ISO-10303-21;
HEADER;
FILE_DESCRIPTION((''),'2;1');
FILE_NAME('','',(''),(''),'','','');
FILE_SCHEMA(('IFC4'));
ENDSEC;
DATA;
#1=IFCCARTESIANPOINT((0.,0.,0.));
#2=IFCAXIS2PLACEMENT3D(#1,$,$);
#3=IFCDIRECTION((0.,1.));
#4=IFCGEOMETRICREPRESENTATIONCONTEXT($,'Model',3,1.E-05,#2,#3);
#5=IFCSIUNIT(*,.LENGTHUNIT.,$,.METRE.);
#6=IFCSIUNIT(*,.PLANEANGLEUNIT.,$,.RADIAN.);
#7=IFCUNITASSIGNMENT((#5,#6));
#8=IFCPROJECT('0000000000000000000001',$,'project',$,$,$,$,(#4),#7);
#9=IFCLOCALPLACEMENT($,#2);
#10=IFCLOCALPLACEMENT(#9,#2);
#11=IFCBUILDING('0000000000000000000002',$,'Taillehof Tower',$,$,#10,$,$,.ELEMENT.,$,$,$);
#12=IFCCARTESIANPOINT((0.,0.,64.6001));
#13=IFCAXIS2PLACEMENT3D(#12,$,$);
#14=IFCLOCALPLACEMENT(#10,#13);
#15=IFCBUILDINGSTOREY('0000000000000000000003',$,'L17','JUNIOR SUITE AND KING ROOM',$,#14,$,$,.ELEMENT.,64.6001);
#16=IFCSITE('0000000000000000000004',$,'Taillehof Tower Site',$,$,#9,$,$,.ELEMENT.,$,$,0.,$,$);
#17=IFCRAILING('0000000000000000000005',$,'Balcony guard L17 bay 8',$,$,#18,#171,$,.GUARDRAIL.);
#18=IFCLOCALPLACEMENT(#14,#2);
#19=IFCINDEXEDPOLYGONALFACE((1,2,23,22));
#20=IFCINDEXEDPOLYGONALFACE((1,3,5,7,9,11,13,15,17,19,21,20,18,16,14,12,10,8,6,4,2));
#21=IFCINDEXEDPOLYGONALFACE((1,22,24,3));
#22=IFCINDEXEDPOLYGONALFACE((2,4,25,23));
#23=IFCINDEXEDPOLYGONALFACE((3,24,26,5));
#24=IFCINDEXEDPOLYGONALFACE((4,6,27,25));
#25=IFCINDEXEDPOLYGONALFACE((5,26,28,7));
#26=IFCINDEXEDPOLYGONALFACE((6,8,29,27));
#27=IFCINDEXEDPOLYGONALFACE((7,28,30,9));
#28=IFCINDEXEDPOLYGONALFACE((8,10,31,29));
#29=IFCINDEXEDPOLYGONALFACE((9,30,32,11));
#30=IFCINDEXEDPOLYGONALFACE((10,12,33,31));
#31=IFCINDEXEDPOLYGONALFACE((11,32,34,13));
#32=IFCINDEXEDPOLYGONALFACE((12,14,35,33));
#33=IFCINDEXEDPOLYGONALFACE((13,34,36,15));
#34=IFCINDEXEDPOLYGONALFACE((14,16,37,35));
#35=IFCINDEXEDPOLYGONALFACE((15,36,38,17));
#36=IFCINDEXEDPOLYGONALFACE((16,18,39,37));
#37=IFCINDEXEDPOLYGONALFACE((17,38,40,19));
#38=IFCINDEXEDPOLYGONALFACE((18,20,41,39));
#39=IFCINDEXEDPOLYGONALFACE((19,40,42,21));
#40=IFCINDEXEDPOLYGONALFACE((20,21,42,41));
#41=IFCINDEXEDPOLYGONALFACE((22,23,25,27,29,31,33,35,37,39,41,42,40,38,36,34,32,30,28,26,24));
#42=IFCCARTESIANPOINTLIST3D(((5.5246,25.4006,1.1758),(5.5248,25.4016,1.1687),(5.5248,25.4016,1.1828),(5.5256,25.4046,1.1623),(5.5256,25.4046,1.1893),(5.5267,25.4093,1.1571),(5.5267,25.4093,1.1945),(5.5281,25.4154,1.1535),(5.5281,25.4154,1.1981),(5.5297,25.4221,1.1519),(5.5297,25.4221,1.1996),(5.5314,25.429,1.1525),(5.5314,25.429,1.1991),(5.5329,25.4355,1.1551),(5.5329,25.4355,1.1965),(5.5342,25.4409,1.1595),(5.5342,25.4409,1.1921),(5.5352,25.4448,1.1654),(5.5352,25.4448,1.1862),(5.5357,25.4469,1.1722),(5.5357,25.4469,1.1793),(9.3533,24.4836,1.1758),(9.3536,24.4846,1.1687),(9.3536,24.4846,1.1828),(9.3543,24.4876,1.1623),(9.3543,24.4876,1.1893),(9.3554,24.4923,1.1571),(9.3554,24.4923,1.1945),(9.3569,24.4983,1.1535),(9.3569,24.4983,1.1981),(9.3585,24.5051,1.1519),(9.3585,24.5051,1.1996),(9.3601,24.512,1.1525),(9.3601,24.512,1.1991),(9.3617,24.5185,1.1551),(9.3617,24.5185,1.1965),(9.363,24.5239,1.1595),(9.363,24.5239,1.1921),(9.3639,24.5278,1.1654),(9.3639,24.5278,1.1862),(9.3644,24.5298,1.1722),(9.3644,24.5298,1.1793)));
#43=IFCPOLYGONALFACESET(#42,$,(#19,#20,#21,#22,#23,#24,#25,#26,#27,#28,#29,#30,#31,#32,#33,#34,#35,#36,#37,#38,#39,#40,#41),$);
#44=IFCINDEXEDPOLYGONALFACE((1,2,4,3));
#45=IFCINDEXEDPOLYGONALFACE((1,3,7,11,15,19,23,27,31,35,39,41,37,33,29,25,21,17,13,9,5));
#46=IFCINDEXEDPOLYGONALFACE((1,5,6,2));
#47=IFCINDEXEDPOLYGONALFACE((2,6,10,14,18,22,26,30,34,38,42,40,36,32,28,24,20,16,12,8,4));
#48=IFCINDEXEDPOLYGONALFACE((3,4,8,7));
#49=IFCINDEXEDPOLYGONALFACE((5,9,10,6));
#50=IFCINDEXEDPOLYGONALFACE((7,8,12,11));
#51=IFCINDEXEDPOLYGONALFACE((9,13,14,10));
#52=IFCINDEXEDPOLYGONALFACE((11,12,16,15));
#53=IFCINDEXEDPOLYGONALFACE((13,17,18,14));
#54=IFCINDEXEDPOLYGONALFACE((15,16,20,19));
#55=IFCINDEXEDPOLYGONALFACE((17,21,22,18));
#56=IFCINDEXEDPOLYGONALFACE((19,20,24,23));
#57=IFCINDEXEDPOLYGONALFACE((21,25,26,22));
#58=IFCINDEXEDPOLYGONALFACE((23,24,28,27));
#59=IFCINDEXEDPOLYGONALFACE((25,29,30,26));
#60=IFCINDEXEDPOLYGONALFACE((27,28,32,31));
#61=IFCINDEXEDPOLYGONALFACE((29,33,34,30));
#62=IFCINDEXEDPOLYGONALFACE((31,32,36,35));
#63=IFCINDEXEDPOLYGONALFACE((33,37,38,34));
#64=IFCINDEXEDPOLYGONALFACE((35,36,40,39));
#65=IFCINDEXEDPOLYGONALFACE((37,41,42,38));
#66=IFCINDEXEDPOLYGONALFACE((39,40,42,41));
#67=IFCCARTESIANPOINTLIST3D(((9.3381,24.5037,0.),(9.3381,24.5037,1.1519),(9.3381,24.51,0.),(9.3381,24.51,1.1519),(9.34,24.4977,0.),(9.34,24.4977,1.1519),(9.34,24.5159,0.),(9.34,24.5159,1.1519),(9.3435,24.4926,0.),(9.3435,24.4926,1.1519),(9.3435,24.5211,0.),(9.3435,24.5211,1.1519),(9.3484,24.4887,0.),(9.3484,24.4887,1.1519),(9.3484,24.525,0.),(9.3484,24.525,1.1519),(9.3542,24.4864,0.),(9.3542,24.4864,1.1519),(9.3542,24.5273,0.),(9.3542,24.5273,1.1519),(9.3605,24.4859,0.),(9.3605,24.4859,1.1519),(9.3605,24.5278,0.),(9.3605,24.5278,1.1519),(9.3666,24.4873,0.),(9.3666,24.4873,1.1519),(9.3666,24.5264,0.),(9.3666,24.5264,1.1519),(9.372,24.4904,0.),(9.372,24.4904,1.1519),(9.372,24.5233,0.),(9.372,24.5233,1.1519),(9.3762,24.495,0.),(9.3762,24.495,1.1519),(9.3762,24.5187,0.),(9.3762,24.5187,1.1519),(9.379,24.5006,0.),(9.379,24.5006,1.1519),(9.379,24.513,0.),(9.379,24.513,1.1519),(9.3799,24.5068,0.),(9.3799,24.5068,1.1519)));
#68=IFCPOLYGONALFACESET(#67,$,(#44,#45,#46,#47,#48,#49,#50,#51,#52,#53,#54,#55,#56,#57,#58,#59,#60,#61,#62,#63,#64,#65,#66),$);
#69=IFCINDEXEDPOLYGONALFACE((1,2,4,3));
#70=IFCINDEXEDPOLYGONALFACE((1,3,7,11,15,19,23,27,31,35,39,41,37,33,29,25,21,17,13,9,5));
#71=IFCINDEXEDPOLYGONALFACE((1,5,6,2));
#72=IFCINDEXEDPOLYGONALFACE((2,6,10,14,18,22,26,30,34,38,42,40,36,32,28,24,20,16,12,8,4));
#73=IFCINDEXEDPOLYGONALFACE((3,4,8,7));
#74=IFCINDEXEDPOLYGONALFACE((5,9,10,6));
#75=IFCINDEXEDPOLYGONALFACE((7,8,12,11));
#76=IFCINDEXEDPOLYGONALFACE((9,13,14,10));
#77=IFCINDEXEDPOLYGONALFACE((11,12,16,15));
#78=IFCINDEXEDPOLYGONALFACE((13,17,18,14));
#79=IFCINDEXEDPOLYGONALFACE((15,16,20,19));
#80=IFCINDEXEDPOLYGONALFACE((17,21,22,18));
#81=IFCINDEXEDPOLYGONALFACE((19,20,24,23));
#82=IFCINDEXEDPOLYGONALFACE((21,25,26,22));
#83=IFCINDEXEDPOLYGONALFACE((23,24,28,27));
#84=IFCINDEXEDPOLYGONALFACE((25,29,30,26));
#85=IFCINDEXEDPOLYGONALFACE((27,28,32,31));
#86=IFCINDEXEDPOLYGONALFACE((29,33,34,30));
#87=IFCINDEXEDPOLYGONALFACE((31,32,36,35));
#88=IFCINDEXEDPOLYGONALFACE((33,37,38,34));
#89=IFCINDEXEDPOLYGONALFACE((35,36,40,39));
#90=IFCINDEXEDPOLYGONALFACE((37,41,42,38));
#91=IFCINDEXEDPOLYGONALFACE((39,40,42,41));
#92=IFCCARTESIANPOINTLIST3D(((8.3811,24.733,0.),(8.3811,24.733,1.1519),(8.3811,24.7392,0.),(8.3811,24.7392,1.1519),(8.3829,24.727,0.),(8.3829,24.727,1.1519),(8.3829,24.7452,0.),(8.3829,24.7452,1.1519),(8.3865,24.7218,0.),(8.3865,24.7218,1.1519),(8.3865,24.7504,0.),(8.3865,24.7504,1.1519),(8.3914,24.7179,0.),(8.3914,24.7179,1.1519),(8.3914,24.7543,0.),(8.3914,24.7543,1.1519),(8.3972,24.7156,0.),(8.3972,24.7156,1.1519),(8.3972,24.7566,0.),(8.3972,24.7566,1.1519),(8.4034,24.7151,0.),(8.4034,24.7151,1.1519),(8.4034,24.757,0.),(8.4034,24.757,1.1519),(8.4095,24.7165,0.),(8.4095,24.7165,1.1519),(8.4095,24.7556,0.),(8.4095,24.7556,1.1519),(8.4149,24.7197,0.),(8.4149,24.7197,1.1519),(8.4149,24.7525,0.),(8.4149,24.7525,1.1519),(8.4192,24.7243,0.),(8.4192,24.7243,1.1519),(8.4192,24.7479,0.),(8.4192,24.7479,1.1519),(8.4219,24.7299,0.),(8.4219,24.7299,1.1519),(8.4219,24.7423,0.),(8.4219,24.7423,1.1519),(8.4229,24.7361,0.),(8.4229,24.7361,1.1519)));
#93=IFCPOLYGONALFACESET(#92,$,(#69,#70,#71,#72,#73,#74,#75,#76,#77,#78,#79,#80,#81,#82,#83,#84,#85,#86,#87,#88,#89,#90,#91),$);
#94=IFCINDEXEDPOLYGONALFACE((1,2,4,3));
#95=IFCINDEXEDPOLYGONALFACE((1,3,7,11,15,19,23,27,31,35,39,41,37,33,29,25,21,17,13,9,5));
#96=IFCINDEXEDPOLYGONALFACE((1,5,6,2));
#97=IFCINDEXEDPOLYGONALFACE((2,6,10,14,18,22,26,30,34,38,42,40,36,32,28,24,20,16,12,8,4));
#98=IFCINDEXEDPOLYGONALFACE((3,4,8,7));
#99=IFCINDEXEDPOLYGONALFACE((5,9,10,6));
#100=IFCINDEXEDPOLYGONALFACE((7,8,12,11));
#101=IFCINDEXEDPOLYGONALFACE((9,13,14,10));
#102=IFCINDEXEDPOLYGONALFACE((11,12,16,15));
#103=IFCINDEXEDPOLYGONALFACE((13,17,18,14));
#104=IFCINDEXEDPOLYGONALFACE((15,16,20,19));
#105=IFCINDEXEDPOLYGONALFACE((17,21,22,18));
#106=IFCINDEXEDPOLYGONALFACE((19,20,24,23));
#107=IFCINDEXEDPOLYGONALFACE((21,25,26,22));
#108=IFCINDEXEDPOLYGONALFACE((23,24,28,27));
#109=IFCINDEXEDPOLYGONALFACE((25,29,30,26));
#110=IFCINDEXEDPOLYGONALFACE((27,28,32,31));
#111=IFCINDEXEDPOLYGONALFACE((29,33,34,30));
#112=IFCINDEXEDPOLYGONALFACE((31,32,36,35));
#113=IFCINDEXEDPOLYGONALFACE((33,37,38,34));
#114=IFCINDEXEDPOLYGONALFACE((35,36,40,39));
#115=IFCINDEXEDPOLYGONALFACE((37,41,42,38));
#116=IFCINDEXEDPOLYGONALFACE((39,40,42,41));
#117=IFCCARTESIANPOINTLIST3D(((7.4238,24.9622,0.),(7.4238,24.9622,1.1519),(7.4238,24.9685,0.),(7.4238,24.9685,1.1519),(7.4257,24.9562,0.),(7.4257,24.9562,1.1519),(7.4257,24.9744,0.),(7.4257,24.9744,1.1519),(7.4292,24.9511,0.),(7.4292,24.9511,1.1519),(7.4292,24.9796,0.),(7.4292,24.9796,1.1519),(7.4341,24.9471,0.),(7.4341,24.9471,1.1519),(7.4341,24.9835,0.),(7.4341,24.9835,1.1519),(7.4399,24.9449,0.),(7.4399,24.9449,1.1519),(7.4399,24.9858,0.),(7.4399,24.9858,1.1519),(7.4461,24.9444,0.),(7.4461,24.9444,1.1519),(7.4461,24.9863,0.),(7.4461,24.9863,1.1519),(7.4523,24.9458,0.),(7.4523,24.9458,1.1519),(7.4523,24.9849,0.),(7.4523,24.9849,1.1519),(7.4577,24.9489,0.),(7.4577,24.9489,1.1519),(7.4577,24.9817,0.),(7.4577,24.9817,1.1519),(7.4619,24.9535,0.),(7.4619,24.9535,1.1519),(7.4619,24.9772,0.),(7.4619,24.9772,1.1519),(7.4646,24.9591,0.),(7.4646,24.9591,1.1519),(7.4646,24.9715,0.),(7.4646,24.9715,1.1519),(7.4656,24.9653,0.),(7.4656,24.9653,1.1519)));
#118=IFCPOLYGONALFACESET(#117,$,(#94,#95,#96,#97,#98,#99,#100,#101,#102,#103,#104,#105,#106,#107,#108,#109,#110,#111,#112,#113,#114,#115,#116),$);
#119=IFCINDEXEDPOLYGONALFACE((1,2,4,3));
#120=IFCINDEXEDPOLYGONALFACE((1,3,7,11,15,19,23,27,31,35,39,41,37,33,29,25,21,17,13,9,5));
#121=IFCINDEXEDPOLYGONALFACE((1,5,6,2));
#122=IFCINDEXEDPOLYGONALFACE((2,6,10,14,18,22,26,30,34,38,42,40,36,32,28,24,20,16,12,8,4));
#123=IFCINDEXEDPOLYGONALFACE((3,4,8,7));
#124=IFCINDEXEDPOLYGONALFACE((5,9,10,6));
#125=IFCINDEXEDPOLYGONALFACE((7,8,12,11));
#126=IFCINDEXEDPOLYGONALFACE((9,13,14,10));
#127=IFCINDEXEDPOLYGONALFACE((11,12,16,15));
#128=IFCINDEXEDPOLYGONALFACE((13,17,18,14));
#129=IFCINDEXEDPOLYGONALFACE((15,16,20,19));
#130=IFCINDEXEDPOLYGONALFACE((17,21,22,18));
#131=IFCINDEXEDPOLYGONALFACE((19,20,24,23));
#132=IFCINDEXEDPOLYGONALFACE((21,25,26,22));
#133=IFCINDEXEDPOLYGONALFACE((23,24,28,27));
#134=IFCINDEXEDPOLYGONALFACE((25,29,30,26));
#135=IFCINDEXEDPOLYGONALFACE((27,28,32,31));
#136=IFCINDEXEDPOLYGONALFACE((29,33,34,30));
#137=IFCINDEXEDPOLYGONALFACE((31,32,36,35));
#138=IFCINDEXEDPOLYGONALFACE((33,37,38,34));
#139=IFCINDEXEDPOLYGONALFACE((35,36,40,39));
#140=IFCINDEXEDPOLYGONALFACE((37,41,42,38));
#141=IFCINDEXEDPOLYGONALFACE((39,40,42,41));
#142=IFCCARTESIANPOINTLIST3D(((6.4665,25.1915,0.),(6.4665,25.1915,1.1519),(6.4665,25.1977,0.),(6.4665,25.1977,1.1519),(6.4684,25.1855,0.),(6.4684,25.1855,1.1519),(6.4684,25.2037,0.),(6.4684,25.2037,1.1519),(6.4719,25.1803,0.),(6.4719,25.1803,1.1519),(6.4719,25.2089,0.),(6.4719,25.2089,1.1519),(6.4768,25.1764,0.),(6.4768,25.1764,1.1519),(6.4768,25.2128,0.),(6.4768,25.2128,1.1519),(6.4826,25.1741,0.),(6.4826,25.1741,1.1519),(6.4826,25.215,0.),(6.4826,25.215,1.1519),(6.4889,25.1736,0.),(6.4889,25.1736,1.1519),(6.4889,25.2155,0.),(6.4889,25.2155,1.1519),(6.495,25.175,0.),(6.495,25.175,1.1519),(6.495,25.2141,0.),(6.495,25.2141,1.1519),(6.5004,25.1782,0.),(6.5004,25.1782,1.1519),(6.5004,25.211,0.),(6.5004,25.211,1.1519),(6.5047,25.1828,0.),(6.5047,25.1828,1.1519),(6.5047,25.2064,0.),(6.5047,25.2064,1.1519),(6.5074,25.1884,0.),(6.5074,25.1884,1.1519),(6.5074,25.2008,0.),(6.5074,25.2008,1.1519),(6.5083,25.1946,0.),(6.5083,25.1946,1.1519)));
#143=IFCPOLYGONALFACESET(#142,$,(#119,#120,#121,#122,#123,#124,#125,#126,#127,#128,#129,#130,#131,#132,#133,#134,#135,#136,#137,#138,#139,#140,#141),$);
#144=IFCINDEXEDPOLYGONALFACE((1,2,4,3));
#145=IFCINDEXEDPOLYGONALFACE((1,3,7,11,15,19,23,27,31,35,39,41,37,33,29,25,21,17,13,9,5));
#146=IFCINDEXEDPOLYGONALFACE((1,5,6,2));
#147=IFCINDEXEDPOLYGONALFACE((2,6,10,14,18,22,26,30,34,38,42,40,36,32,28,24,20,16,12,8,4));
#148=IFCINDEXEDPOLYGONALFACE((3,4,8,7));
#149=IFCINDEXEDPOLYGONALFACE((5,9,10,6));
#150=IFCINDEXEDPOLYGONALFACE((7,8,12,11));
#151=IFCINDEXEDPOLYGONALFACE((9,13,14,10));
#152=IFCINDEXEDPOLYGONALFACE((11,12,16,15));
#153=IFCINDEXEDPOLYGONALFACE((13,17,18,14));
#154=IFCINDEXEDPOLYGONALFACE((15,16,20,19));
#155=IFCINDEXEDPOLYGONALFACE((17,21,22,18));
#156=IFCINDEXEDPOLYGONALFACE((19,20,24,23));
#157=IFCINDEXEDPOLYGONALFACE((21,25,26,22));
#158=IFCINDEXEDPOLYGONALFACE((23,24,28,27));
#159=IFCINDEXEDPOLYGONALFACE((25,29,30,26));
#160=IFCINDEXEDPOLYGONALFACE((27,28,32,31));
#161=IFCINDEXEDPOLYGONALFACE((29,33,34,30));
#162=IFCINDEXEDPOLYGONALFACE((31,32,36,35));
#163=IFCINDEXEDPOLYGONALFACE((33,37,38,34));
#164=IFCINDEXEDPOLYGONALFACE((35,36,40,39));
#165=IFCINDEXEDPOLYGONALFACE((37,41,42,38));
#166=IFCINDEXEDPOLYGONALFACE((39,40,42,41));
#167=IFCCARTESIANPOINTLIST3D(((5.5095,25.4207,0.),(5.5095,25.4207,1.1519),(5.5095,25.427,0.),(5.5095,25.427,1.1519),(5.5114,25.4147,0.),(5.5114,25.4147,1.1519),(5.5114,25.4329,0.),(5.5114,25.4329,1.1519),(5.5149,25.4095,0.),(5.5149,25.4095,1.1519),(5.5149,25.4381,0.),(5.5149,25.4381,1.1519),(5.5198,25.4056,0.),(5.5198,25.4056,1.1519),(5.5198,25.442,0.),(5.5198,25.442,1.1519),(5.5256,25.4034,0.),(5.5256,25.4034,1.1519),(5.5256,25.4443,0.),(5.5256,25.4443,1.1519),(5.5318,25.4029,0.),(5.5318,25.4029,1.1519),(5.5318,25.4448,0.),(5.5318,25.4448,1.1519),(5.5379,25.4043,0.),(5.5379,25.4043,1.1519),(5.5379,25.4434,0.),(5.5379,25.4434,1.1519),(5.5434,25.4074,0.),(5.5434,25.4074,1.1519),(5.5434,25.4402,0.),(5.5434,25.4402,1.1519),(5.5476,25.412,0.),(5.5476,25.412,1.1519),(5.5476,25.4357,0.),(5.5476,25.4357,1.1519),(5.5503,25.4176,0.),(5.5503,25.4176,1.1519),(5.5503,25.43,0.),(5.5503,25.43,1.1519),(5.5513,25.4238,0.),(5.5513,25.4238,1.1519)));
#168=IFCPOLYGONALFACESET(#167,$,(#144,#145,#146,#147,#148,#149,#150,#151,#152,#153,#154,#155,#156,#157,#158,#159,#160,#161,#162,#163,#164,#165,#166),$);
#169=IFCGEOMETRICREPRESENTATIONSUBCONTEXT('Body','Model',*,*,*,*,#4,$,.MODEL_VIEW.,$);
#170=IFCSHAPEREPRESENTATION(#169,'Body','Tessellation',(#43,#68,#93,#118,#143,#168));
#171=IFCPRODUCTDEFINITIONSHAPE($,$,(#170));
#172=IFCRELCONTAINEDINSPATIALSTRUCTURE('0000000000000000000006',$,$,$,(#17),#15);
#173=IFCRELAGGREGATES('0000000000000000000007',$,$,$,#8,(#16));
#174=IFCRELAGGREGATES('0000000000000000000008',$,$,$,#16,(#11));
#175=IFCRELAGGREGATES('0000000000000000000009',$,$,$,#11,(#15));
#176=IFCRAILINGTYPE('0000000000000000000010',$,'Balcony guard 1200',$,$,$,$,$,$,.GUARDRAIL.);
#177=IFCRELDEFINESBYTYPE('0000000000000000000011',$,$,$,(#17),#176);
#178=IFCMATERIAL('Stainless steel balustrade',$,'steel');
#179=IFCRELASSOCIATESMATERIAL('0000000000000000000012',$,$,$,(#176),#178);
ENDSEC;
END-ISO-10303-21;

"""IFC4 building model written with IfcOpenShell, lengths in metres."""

from ifc_helpers import new_model, si_unit, direction, frame, origin, origin_2d, place, context, subcontext, project, spatial, circle, extrude, material, type_object, element, save


model = new_model("IFC4")

# Units and contexts
model_context = context("Model", 3, precision=1e-05, world=origin(), true_north=direction((0.0, 1.0)))
body_context = subcontext(model_context, "Body", "Model", "MODEL_VIEW")
ifc_project = project(units=[si_unit("LENGTHUNIT", "METRE"), si_unit("PLANEANGLEUNIT", "RADIAN")], contexts=[model_context])

# Site, building, storey
site_placement = place(None, origin())
site = spatial("IfcSite", under=ifc_project, at=site_placement, Name="Taillehof Tower Site", CompositionType="ELEMENT", RefElevation=0.0)
building_placement = place(site_placement, origin())
building = spatial("IfcBuilding", under=site, at=building_placement, Name="Taillehof Tower", CompositionType="ELEMENT")
storey_placement = place(building_placement, frame((0.0, 0.0, 64.6001)))
storey = spatial("IfcBuildingStorey", under=building, at=storey_placement, Name="L17", Description="JUNIOR SUITE AND KING ROOM", CompositionType="ELEMENT", Elevation=64.6001)

# Railing
ifc_material_1 = material(Name="Stainless steel balustrade", Category="steel")
railing_type = type_object("IfcRailingType", Name="Balcony guard 1200", PredefinedType="GUARDRAIL", material=ifc_material_1)
railing_placement = place(storey_placement, frame((9.3589, 24.5068, 0.0)))
element("IfcRailing", 1, at=railing_placement, inside=storey, type_object=railing_type, Name="Balcony guard L17 bay 8", PredefinedType="GUARDRAIL", context=body_context, shape_type="SweptSolid", body=[
    extrude(circle(Radius=0.0239, at=origin_2d()), frame((0.0, 0.0, 1.1758), z_axis=(-0.972495, 0.232923, 0.0), x_axis=(-0.232923, -0.972495, 0.0)), (0.0, 0.0, 1.0), 3.937),
    extrude(circle(Radius=0.021, at=origin_2d()), origin(), (0.0, 0.0, 1.0), 1.1519),
    extrude(circle(Radius=0.021, at=origin_2d()), frame((-0.957, 0.2292, 0.0)), (0.0, 0.0, 1.0), 1.1519),
    extrude(circle(Radius=0.021, at=origin_2d()), frame((-1.9143, 0.4585, 0.0)), (0.0, 0.0, 1.0), 1.1519),
    extrude(circle(Radius=0.021, at=origin_2d()), frame((-2.8716, 0.6877, 0.0)), (0.0, 0.0, 1.0), 1.1519),
    extrude(circle(Radius=0.021, at=origin_2d()), frame((-3.8286, 0.917, 0.0)), (0.0, 0.0, 1.0), 1.1519),
])

save(model, "model.ifc")
